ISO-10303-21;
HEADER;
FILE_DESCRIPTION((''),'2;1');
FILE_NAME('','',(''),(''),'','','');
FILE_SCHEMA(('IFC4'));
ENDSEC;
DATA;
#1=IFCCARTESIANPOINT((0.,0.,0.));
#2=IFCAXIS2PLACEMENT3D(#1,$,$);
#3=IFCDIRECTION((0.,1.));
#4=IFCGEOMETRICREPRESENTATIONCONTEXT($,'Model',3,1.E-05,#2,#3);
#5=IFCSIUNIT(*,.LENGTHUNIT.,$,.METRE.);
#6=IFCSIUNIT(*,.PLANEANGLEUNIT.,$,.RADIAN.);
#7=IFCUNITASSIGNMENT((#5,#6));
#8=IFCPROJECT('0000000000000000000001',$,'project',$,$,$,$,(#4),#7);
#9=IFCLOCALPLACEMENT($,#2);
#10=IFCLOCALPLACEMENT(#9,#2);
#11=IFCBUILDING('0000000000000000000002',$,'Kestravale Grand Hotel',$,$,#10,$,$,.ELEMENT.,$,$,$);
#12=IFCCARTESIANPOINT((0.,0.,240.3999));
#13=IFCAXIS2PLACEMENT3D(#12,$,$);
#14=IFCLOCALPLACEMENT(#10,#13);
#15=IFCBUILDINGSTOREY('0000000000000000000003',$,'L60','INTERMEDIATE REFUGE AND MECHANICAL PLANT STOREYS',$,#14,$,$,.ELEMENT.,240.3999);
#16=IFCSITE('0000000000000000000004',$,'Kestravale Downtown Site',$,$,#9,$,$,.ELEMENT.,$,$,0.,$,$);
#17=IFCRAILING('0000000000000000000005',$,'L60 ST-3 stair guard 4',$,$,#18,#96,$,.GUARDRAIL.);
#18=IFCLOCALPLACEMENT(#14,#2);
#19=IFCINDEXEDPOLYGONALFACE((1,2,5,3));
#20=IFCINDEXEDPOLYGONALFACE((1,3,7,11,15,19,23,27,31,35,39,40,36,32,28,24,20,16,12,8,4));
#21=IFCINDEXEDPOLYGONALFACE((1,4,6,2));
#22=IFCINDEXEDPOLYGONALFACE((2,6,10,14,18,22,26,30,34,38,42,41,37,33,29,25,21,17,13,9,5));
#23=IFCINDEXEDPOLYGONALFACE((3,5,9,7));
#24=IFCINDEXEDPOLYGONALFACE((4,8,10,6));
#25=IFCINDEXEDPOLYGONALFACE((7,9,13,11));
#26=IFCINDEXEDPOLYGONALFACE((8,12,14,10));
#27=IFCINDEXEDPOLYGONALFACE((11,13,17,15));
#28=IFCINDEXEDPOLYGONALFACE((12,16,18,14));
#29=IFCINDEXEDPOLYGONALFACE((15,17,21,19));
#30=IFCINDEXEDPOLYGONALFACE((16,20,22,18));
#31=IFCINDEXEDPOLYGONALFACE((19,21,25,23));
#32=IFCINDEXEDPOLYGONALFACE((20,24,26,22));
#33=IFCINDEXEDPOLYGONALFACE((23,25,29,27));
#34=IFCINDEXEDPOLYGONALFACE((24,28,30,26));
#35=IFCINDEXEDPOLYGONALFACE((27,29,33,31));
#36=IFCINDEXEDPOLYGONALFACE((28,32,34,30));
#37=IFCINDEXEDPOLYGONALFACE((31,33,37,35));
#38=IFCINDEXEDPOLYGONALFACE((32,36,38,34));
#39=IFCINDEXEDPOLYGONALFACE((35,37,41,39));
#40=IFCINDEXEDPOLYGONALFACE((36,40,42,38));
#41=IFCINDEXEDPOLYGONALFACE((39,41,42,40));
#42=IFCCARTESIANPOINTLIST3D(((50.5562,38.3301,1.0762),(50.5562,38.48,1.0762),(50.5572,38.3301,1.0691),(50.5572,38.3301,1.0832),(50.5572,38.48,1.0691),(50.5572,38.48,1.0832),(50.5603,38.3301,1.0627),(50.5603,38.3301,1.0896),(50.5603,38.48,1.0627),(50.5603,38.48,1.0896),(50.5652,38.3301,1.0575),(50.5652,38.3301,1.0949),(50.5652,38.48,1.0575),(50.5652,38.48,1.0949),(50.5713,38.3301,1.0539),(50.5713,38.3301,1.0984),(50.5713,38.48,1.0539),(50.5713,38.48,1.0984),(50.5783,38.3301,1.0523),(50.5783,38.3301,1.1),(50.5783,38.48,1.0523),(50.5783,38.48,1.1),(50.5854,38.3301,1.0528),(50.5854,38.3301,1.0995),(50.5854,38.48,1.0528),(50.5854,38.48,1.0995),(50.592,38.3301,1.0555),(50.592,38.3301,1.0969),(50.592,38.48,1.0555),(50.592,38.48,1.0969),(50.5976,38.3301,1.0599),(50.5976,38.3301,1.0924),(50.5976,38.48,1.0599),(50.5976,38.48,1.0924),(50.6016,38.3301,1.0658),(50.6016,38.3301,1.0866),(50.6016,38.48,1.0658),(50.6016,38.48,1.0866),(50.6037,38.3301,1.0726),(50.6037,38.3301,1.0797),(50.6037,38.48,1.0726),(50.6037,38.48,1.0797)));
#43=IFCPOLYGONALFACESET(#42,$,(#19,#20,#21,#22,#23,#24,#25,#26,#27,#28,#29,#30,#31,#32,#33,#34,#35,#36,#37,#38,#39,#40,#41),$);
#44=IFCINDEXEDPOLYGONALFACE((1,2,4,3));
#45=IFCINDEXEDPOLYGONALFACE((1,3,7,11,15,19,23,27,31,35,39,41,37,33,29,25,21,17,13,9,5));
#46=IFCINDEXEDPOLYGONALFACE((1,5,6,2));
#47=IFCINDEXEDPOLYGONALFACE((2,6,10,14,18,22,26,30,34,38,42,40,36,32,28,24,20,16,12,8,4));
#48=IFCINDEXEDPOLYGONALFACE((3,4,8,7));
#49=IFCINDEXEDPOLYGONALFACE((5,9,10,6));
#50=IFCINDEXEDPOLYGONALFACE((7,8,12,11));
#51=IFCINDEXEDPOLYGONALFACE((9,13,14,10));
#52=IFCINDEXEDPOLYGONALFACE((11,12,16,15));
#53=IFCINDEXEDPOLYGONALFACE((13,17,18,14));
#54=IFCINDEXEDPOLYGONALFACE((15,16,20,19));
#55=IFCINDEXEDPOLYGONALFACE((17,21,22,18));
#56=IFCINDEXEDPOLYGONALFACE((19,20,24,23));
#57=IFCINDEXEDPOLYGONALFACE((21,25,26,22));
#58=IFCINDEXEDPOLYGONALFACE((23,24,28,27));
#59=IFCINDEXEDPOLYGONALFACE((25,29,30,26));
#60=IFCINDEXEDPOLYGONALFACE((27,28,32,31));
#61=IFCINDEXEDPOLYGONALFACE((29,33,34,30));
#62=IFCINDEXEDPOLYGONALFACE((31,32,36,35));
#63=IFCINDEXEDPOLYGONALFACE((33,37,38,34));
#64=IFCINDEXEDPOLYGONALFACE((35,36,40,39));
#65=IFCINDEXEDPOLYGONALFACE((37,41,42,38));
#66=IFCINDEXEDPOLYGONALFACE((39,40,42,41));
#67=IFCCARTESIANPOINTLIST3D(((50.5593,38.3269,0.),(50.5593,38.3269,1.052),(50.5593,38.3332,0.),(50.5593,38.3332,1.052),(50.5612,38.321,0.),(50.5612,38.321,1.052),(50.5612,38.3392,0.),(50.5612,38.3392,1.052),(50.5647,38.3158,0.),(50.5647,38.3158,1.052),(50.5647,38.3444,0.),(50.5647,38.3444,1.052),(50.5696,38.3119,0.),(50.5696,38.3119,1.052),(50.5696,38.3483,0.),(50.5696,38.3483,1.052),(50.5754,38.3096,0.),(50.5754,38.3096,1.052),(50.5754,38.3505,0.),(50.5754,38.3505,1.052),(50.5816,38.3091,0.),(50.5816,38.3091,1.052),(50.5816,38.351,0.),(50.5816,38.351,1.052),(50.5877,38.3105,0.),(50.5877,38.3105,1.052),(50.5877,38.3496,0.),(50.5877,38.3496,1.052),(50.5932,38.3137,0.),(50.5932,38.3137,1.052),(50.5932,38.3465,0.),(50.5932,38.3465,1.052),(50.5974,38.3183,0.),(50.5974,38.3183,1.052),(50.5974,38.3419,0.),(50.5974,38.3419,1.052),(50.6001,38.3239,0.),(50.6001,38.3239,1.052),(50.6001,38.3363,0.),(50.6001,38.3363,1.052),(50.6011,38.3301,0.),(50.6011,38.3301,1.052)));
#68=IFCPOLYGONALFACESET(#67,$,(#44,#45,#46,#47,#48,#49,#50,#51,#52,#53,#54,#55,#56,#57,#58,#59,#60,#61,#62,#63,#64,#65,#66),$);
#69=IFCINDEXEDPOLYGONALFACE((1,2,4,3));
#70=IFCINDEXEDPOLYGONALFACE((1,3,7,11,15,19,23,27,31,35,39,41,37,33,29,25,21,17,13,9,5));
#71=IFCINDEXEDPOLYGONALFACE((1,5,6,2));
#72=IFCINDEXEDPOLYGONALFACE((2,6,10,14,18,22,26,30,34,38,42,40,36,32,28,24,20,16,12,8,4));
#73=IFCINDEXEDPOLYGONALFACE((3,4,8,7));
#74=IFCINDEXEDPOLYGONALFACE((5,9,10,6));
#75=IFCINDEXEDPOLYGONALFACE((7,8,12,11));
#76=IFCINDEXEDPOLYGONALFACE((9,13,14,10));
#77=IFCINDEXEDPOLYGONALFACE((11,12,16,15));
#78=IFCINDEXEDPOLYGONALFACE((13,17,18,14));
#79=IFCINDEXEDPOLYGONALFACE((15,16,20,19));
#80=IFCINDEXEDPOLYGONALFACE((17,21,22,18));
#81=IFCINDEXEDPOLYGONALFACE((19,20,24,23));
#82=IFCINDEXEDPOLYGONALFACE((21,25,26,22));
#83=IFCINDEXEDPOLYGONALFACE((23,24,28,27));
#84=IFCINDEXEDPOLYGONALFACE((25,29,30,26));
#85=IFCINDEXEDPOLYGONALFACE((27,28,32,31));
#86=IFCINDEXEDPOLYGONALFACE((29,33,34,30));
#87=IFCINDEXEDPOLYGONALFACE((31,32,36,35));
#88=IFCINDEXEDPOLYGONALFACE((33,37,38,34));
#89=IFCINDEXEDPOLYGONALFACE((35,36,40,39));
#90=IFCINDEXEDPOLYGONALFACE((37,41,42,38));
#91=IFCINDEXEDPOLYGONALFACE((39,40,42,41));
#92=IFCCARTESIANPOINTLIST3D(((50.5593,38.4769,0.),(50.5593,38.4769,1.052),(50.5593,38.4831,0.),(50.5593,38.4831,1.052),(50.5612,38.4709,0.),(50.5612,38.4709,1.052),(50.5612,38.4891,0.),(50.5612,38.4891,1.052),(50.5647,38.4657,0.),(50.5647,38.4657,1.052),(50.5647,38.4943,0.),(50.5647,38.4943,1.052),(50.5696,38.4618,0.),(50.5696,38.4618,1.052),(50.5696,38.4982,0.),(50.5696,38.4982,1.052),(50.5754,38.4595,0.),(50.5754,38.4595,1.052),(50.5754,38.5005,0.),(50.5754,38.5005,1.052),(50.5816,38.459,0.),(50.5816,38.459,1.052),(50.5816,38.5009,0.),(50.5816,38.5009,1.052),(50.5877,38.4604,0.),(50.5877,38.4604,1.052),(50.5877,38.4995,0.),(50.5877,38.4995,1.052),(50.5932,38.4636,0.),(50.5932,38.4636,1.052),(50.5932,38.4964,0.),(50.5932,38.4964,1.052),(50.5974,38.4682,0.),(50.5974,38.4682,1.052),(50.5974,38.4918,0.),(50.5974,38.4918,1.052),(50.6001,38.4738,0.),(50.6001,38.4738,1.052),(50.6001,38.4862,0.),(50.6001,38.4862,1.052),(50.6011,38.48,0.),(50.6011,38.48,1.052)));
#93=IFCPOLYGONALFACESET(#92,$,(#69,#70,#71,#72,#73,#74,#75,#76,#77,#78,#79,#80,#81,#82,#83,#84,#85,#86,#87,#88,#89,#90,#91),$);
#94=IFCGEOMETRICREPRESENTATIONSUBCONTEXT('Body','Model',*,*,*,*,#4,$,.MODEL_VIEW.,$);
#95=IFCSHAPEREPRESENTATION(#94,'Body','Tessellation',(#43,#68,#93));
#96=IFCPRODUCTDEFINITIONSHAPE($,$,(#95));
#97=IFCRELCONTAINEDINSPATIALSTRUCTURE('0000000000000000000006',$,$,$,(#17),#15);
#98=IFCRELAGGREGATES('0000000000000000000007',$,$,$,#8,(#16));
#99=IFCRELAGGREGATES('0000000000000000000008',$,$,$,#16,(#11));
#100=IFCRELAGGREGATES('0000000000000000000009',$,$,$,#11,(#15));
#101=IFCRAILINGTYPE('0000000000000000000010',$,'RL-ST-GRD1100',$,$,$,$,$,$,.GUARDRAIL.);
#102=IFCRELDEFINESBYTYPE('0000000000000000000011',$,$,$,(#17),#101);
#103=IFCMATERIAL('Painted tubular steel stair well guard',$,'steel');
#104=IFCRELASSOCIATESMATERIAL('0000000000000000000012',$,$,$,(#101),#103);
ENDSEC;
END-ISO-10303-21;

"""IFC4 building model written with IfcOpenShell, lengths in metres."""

from ifc_helpers import new_model, si_unit, direction, frame, origin, origin_2d, place, context, subcontext, project, spatial, circle, extrude, material, type_object, element, save


model = new_model("IFC4")

# Units and contexts
model_context = context("Model", 3, precision=1e-05, world=origin(), true_north=direction((0.0, 1.0)))
body_context = subcontext(model_context, "Body", "Model", "MODEL_VIEW")
ifc_project = project(units=[si_unit("LENGTHUNIT", "METRE"), si_unit("PLANEANGLEUNIT", "RADIAN")], contexts=[model_context])

# Site, building, storey
site_placement = place(None, origin())
site = spatial("IfcSite", under=ifc_project, at=site_placement, Name="Kestravale Downtown Site", CompositionType="ELEMENT", RefElevation=0.0)
building_placement = place(site_placement, origin())
building = spatial("IfcBuilding", under=site, at=building_placement, Name="Kestravale Grand Hotel", CompositionType="ELEMENT")
storey_placement = place(building_placement, frame((0.0, 0.0, 240.3999)))
storey = spatial("IfcBuildingStorey", under=building, at=storey_placement, Name="L60", Description="INTERMEDIATE REFUGE AND MECHANICAL PLANT STOREYS", CompositionType="ELEMENT", Elevation=240.3999)

# Railing
ifc_material_1 = material(Name="Painted tubular steel stair well guard", Category="steel")
railing_type_1 = type_object("IfcRailingType", Name="RL-ST-GRD1100", PredefinedType="GUARDRAIL", material=ifc_material_1)
railing_1_placement = place(storey_placement, frame((50.5801, 38.3301, 0.0)))
element("IfcRailing", 1, at=railing_1_placement, inside=storey, type_object=railing_type_1, Name="L60 ST-3 stair guard 4", PredefinedType="GUARDRAIL", context=body_context, shape_type="SweptSolid", body=[
    extrude(circle(Radius=0.0239, at=origin_2d()), frame((0.0, 0.0, 1.0762), z_axis=(0.0, 1.0, 0.0), x_axis=(-1.0, 0.0, 0.0)), (0.0, 0.0, 1.0), 0.1499),
    extrude(circle(Radius=0.021, at=origin_2d()), origin(), (0.0, 0.0, 1.0), 1.052),
    extrude(circle(Radius=0.021, at=origin_2d()), frame((0.0, 0.1499, 0.0)), (0.0, 0.0, 1.0), 1.052),
])

save(model, "model.ifc")
